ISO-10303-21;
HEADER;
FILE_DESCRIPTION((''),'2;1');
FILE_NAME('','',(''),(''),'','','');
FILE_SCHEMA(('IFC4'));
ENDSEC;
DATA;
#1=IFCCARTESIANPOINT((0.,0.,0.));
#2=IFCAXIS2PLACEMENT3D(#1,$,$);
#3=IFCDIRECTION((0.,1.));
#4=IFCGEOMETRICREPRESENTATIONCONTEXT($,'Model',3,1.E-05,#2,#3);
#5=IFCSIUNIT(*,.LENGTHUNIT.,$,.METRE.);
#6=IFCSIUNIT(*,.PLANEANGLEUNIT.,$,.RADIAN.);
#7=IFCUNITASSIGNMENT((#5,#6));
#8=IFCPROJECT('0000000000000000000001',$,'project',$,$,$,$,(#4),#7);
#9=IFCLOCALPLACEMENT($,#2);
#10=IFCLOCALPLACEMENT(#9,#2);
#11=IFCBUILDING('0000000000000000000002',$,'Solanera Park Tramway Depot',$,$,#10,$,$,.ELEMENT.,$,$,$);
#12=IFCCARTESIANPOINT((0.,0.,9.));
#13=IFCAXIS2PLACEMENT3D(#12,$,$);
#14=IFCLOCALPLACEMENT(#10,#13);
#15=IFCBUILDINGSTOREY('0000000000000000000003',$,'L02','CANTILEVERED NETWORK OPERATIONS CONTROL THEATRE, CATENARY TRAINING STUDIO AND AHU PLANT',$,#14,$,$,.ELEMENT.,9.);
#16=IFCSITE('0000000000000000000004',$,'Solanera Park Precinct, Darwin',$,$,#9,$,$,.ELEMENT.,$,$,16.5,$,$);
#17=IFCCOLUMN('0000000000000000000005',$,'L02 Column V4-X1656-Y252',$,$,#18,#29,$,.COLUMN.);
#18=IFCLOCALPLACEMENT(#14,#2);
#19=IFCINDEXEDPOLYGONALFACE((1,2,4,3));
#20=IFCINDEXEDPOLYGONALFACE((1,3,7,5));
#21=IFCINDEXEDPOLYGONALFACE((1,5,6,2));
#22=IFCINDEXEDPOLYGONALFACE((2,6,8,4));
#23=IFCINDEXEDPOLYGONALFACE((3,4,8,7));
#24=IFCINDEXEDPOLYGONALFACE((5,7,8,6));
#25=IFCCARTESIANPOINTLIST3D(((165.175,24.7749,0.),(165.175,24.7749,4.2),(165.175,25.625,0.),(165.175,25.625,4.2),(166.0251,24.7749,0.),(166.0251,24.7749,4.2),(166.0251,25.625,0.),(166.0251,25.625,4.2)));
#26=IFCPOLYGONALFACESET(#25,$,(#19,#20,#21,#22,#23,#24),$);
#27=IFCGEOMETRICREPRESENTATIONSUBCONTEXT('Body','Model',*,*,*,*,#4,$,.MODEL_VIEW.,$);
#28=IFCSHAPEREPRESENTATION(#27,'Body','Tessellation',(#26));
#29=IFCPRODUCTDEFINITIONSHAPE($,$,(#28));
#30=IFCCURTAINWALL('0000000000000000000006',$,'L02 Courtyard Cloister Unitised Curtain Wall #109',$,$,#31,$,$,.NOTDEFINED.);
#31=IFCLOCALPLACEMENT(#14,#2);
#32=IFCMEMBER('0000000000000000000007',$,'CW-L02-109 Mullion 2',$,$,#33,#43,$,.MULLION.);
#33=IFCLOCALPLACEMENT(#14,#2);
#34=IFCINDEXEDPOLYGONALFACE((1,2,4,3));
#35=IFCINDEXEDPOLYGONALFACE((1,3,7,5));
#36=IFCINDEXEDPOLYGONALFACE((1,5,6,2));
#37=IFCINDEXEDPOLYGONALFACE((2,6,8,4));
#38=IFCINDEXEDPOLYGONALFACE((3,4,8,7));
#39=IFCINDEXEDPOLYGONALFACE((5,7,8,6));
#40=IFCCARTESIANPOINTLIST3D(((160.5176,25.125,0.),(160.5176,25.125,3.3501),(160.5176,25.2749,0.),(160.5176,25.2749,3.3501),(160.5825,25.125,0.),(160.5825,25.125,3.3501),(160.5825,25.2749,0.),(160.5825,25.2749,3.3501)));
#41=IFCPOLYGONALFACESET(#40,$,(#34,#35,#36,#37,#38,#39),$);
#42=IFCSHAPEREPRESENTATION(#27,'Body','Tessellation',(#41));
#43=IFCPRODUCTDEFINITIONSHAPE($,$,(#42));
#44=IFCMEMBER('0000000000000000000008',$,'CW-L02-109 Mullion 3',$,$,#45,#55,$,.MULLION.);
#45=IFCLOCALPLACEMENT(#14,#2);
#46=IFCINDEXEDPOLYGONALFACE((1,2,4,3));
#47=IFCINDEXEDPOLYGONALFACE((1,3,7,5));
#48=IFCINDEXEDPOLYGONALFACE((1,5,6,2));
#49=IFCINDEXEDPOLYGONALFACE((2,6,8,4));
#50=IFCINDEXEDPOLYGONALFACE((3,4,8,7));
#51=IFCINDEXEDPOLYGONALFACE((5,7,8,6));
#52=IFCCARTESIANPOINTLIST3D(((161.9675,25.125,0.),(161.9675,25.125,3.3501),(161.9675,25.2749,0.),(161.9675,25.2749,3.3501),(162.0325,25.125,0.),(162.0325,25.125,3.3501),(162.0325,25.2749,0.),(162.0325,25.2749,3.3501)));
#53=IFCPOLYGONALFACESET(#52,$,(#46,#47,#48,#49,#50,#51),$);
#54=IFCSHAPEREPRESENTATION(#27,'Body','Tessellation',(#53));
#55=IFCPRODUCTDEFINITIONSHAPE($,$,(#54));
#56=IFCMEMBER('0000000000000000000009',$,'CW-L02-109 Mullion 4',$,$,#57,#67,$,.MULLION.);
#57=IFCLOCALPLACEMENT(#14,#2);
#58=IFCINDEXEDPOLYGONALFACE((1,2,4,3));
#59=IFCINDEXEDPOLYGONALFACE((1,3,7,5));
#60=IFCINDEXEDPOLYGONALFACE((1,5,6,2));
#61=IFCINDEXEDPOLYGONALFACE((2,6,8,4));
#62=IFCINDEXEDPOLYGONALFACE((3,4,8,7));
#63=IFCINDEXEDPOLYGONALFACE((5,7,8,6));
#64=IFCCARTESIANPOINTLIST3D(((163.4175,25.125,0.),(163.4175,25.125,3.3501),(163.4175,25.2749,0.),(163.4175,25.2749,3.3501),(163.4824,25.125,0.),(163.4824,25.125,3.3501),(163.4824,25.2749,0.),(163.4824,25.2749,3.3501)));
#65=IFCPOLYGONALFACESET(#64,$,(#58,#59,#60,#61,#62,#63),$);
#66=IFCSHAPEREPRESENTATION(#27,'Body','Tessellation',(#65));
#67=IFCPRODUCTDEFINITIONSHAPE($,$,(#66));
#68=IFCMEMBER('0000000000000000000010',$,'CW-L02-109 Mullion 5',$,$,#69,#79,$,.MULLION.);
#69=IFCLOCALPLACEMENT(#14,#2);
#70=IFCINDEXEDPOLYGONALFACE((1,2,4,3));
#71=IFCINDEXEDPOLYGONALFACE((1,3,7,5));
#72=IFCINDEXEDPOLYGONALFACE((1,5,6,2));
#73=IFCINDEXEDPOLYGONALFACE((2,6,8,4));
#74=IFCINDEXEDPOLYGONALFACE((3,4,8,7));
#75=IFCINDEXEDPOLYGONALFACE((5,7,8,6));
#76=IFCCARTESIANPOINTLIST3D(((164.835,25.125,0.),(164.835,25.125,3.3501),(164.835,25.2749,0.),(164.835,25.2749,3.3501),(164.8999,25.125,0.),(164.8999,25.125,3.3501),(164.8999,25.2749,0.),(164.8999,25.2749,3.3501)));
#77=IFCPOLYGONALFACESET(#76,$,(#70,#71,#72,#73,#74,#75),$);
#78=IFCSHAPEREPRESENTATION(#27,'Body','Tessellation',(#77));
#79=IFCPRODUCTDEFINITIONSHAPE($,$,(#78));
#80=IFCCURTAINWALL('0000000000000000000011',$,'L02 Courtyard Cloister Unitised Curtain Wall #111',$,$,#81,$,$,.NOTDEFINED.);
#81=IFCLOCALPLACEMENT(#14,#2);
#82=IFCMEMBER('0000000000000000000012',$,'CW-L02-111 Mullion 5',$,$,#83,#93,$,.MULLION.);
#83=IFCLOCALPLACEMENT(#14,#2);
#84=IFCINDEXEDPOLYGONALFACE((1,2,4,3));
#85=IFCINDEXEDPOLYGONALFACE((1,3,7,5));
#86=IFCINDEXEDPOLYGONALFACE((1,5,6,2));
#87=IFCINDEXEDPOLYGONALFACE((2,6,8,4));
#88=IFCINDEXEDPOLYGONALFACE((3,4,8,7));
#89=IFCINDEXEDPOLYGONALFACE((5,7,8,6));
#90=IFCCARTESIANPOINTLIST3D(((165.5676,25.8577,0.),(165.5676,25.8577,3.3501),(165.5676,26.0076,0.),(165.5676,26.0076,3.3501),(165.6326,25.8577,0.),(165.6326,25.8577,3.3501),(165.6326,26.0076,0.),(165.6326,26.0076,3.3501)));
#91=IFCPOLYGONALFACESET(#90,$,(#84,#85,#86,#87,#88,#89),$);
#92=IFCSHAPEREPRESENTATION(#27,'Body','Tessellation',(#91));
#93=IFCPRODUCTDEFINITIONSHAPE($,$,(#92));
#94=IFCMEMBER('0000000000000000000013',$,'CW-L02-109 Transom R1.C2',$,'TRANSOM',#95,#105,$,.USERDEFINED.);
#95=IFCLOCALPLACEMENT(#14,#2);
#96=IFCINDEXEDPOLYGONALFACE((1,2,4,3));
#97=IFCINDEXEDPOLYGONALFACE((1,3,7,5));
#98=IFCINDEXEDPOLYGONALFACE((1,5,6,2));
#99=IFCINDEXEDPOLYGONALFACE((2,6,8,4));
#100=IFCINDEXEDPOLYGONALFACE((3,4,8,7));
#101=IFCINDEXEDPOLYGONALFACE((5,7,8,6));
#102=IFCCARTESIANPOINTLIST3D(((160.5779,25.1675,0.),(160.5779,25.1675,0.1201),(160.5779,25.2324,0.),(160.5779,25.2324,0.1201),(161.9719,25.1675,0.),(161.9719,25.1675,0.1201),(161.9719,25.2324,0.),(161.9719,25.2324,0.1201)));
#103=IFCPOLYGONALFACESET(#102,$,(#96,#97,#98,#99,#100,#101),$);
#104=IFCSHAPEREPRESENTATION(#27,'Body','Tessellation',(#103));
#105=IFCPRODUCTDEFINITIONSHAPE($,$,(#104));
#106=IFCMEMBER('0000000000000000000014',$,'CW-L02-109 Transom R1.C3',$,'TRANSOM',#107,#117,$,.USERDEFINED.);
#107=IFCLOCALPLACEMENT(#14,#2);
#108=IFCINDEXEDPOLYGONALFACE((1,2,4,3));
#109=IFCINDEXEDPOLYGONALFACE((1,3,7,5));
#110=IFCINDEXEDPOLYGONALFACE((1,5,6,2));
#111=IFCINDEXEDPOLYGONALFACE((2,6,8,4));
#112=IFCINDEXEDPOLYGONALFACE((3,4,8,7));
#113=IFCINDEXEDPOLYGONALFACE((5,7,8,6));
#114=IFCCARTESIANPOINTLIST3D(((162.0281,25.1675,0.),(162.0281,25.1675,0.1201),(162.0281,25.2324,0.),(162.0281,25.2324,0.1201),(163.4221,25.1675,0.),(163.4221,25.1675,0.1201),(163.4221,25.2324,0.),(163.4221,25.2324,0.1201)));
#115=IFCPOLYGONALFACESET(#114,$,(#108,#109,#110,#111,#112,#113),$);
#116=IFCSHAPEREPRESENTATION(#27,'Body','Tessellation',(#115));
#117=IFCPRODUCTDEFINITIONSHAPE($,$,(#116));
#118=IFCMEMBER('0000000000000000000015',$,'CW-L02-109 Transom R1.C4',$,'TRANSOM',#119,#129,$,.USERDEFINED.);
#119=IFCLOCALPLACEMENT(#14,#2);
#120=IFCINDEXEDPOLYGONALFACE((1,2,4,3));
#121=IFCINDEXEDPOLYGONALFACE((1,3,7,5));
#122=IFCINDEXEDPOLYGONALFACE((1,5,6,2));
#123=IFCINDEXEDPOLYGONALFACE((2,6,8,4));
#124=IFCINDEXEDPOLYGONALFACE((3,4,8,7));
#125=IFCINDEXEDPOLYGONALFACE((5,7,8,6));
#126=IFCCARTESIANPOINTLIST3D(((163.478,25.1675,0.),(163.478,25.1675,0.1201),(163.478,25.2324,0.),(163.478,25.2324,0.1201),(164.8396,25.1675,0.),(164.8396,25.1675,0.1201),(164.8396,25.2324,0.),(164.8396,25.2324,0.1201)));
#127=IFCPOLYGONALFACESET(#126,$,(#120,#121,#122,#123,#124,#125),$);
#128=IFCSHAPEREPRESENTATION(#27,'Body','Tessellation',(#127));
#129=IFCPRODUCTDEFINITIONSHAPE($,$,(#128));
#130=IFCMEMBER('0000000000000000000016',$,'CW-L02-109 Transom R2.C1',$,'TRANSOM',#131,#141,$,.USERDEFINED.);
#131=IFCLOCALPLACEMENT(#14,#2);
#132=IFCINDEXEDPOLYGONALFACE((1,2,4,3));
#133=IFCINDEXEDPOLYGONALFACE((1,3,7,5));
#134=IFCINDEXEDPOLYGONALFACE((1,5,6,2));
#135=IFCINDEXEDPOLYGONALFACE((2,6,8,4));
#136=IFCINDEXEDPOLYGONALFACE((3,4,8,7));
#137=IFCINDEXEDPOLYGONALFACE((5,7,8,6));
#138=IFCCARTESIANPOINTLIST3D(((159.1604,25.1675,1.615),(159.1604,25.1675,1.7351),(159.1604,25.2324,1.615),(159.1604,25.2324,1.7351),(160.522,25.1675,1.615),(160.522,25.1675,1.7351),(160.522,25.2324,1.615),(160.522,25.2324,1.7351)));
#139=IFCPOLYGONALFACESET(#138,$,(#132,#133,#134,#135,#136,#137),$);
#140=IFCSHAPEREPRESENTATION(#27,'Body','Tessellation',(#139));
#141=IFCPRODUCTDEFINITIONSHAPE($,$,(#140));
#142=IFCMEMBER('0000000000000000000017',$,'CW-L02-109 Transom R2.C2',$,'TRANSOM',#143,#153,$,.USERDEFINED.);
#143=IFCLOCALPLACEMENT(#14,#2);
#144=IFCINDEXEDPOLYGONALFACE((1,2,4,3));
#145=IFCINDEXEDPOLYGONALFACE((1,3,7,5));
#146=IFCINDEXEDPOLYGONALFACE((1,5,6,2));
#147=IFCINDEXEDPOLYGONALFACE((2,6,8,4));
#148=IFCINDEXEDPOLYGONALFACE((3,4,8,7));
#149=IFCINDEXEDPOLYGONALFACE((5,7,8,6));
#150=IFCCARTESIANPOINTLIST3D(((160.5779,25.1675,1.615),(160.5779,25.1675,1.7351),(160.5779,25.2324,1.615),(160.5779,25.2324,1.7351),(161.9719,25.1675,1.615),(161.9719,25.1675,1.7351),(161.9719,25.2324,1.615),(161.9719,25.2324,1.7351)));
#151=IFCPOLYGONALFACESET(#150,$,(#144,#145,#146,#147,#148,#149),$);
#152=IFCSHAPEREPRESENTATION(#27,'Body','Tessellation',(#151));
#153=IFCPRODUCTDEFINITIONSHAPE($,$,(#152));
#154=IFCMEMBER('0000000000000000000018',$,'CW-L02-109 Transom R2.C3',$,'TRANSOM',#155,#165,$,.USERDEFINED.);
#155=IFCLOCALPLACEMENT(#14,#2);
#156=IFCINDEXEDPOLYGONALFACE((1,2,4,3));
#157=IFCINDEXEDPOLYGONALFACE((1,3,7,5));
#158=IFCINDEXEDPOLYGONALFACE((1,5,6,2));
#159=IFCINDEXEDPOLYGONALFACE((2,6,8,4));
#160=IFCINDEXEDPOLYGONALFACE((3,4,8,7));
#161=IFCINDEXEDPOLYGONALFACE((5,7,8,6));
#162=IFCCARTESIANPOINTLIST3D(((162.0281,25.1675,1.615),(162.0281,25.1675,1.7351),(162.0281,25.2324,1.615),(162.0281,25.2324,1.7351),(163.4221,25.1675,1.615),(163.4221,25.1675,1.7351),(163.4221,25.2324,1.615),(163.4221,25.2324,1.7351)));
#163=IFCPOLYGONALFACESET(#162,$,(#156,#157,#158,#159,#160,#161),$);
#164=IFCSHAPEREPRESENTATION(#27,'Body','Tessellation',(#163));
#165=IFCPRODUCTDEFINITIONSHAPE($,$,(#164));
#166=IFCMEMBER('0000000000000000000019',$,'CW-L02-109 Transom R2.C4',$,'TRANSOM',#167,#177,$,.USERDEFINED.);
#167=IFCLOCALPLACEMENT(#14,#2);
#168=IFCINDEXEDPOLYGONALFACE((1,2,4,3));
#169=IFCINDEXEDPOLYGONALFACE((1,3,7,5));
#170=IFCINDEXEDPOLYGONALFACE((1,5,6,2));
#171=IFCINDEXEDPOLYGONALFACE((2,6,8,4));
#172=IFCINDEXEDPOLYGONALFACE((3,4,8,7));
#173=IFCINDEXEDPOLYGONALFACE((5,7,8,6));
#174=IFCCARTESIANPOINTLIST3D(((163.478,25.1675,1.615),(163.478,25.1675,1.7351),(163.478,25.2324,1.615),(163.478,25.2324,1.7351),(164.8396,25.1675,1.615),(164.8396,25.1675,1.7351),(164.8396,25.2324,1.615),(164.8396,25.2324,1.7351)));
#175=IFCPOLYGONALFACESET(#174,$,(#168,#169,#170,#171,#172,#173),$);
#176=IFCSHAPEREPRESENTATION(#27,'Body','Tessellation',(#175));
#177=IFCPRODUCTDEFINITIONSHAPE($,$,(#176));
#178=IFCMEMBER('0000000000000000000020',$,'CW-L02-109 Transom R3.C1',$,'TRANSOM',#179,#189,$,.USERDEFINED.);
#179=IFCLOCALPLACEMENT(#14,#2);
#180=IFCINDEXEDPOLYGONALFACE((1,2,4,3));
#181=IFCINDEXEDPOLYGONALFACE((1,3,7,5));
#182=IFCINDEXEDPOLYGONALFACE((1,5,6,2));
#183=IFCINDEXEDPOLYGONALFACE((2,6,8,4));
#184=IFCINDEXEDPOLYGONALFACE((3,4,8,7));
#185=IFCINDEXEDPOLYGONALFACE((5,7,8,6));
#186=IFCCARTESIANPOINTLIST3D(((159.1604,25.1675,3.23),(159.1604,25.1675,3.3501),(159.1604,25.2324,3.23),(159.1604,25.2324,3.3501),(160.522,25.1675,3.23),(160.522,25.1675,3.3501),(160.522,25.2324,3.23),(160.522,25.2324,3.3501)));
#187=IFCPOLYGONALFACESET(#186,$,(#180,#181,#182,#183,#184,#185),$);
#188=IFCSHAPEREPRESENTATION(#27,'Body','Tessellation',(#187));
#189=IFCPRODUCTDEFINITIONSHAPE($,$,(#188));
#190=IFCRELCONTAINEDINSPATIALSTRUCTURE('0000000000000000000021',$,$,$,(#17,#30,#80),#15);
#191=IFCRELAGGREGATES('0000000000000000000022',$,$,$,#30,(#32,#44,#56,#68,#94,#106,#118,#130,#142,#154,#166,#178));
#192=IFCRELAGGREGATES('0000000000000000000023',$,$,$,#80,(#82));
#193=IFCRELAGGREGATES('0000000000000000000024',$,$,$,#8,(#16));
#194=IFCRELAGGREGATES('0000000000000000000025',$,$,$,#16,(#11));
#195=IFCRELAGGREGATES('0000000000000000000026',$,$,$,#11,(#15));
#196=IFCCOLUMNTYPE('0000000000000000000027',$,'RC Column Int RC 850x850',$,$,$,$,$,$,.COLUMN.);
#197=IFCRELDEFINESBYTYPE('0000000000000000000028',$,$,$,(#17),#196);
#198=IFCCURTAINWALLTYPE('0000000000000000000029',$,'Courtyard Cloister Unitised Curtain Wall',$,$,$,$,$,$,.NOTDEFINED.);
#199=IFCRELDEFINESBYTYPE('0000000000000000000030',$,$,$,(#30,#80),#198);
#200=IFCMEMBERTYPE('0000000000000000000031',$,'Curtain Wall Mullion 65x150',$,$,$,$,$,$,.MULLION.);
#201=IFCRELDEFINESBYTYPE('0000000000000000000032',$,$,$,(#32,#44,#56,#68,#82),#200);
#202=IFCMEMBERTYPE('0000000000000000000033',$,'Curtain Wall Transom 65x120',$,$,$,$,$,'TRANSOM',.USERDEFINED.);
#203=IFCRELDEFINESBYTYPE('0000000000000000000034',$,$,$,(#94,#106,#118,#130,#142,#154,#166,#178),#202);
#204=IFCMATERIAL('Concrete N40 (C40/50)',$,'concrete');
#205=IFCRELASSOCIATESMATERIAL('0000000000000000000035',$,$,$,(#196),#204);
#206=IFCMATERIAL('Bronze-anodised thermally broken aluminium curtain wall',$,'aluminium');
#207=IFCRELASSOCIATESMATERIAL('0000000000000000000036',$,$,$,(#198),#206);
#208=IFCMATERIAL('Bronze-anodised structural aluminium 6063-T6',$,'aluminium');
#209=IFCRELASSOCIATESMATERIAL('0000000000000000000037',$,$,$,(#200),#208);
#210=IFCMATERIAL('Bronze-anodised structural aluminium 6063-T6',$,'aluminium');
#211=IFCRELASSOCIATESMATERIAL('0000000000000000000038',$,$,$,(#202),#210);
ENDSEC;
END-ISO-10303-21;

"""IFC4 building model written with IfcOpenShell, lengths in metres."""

from ifc_helpers import new_model, si_unit, direction, frame, origin, origin_2d, place, context, subcontext, project, spatial, rectangle, extrude, material, material_profile, profile_set, type_object, element, aggregate, save


model = new_model("IFC4")

# Units and contexts
model_context = context("Model", 3, precision=1e-05, world=origin(), true_north=direction((0.0, 1.0)))
body_context = subcontext(model_context, "Body", "Model", "MODEL_VIEW")
ifc_project = project(units=[si_unit("LENGTHUNIT", "METRE"), si_unit("PLANEANGLEUNIT", "RADIAN")], contexts=[model_context])

# Site, building, storey
site_placement = place(None, origin())
site = spatial("IfcSite", under=ifc_project, at=site_placement, Name="Solanera Park Precinct, Darwin", CompositionType="ELEMENT", RefElevation=16.5)
building_placement = place(site_placement, origin())
building = spatial("IfcBuilding", under=site, at=building_placement, Name="Solanera Park Tramway Depot", CompositionType="ELEMENT")
storey_placement = place(building_placement, frame((0.0, 0.0, 9.0)))
storey = spatial("IfcBuildingStorey", under=building, at=storey_placement, Name="L02", Description="CANTILEVERED NETWORK OPERATIONS CONTROL THEATRE, CATENARY TRAINING STUDIO AND AHU PLANT", CompositionType="ELEMENT", Elevation=9.0)

# Column
ifc_material_1 = material(Name="Concrete N40 (C40/50)", Category="concrete")
ifc_material_profile_1 = material_profile(ifc_material_1, rectangle(XDim=0.8501, YDim=0.8501, at=origin_2d()), Name="RC 850x850")
ifc_profile_set_1 = profile_set([ifc_material_profile_1], Name="Concrete N40 (C40/50)")
column_type = type_object("IfcColumnType", Name="RC Column Int RC 850x850", PredefinedType="COLUMN", material=ifc_profile_set_1)
column_placement = place(storey_placement, frame((165.6001, 25.2, 0.0), z_axis=(0.0, 0.0, 1.0), x_axis=(1.0, 0.0, 0.0)))
element("IfcColumn", 1, at=column_placement, inside=storey, type_object=column_type, Name="L02 Column V4-X1656-Y252", PredefinedType="COLUMN", context=body_context, shape_type="SweptSolid", body=[
    extrude(rectangle(XDim=0.8501, YDim=0.8501, at=origin_2d()), origin(), (0.0, 0.0, 1.0), 4.2),
])

# Curtain wall, members
ifc_material_2 = material(Name="Bronze-anodised thermally broken aluminium curtain wall", Category="aluminium")
curtain_wall_type = type_object("IfcCurtainWallType", Name="Courtyard Cloister Unitised Curtain Wall", PredefinedType="NOTDEFINED", material=ifc_material_2)
curtain_wall_1_placement = place(storey_placement, origin())
curtain_wall_1 = element("IfcCurtainWall", 2, at=curtain_wall_1_placement, inside=storey, type_object=curtain_wall_type, Name="L02 Courtyard Cloister Unitised Curtain Wall #109", PredefinedType="NOTDEFINED")
ifc_material_3 = material(Name="Bronze-anodised structural aluminium 6063-T6", Category="aluminium")
ifc_material_profile_2 = material_profile(ifc_material_3, rectangle(XDim=0.0649, YDim=0.1499, at=origin_2d()), Name="Curtain Wall Mullion 65x150")
ifc_profile_set_2 = profile_set([ifc_material_profile_2], Name="Bronze-anodised structural aluminium 6063-T6")
member_type_1 = type_object("IfcMemberType", Name="Curtain Wall Mullion 65x150", PredefinedType="MULLION", material=ifc_profile_set_2)
member_1_placement = place(storey_placement, frame((160.55, 25.2, 0.0), z_axis=(0.0, 0.0, 1.0), x_axis=(1.0, 0.0, 0.0)))
member_1 = element("IfcMember", 3, at=member_1_placement, type_object=member_type_1, Name="CW-L02-109 Mullion 2", PredefinedType="MULLION", context=body_context, shape_type="SweptSolid", body=[
    extrude(rectangle(XDim=0.0649, YDim=0.1499, at=origin_2d()), origin(), (0.0, 0.0, 1.0), 3.3501),
])
member_2_placement = place(storey_placement, frame((162.0, 25.2, 0.0), z_axis=(0.0, 0.0, 1.0), x_axis=(1.0, 0.0, 0.0)))
member_2 = element("IfcMember", 4, at=member_2_placement, type_object=member_type_1, Name="CW-L02-109 Mullion 3", PredefinedType="MULLION", context=body_context, shape_type="SweptSolid", body=[
    extrude(rectangle(XDim=0.0649, YDim=0.1499, at=origin_2d()), origin(), (0.0, 0.0, 1.0), 3.3501),
])
member_3_placement = place(storey_placement, frame((163.45, 25.2, 0.0), z_axis=(0.0, 0.0, 1.0), x_axis=(1.0, 0.0, 0.0)))
member_3 = element("IfcMember", 5, at=member_3_placement, type_object=member_type_1, Name="CW-L02-109 Mullion 4", PredefinedType="MULLION", context=body_context, shape_type="SweptSolid", body=[
    extrude(rectangle(XDim=0.0649, YDim=0.1499, at=origin_2d()), origin(), (0.0, 0.0, 1.0), 3.3501),
])
member_4_placement = place(storey_placement, frame((164.8674, 25.2, 0.0), z_axis=(0.0, 0.0, 1.0), x_axis=(1.0, 0.0, 0.0)))
member_4 = element("IfcMember", 6, at=member_4_placement, type_object=member_type_1, Name="CW-L02-109 Mullion 5", PredefinedType="MULLION", context=body_context, shape_type="SweptSolid", body=[
    extrude(rectangle(XDim=0.0649, YDim=0.1499, at=origin_2d()), origin(), (0.0, 0.0, 1.0), 3.3501),
])

# Curtain wall, member
curtain_wall_2_placement = place(storey_placement, origin())
curtain_wall_2 = element("IfcCurtainWall", 7, at=curtain_wall_2_placement, inside=storey, type_object=curtain_wall_type, Name="L02 Courtyard Cloister Unitised Curtain Wall #111", PredefinedType="NOTDEFINED")
member_5_placement = place(storey_placement, frame((165.6001, 25.9326, 0.0), z_axis=(0.0, 0.0, 1.0), x_axis=(1.0, 0.0, 0.0)))
member_5 = element("IfcMember", 8, at=member_5_placement, type_object=member_type_1, Name="CW-L02-111 Mullion 5", PredefinedType="MULLION", context=body_context, shape_type="SweptSolid", body=[
    extrude(rectangle(XDim=0.0649, YDim=0.1499, at=origin_2d()), origin(), (0.0, 0.0, 1.0), 3.3501),
])

# Members
ifc_material_4 = material(Name="Bronze-anodised structural aluminium 6063-T6", Category="aluminium")
ifc_material_profile_3 = material_profile(ifc_material_4, rectangle(XDim=0.0649, YDim=0.1201, at=origin_2d()), Name="Curtain Wall Transom 65x120")
ifc_profile_set_3 = profile_set([ifc_material_profile_3], Name="Bronze-anodised structural aluminium 6063-T6")
member_type_2 = type_object("IfcMemberType", Name="Curtain Wall Transom 65x120", ElementType="TRANSOM", PredefinedType="USERDEFINED", material=ifc_profile_set_3)
member_6_placement = place(storey_placement, frame((160.5779, 25.2, 0.0601), z_axis=(1.0, 0.0, 0.0), x_axis=(0.0, 1.0, 0.0)))
member_6 = element("IfcMember", 9, at=member_6_placement, type_object=member_type_2, Name="CW-L02-109 Transom R1.C2", ObjectType="TRANSOM", PredefinedType="USERDEFINED", context=body_context, shape_type="SweptSolid", body=[
    extrude(rectangle(XDim=0.0649, YDim=0.1201, at=origin_2d()), origin(), (0.0, 0.0, 1.0), 1.394),
])
member_7_placement = place(storey_placement, frame((162.0281, 25.2, 0.0601), z_axis=(1.0, 0.0, 0.0), x_axis=(0.0, 1.0, 0.0)))
member_7 = element("IfcMember", 10, at=member_7_placement, type_object=member_type_2, Name="CW-L02-109 Transom R1.C3", ObjectType="TRANSOM", PredefinedType="USERDEFINED", context=body_context, shape_type="SweptSolid", body=[
    extrude(rectangle(XDim=0.0649, YDim=0.1201, at=origin_2d()), origin(), (0.0, 0.0, 1.0), 1.394),
])
member_8_placement = place(storey_placement, frame((163.478, 25.2, 0.0601), z_axis=(1.0, 0.0, 0.0), x_axis=(0.0, 1.0, 0.0)))
member_8 = element("IfcMember", 11, at=member_8_placement, type_object=member_type_2, Name="CW-L02-109 Transom R1.C4", ObjectType="TRANSOM", PredefinedType="USERDEFINED", context=body_context, shape_type="SweptSolid", body=[
    extrude(rectangle(XDim=0.0649, YDim=0.1201, at=origin_2d()), origin(), (0.0, 0.0, 1.0), 1.3616),
])
member_9_placement = place(storey_placement, frame((159.1604, 25.2, 1.675), z_axis=(1.0, 0.0, 0.0), x_axis=(0.0, 1.0, 0.0)))
member_9 = element("IfcMember", 12, at=member_9_placement, type_object=member_type_2, Name="CW-L02-109 Transom R2.C1", ObjectType="TRANSOM", PredefinedType="USERDEFINED", context=body_context, shape_type="SweptSolid", body=[
    extrude(rectangle(XDim=0.0649, YDim=0.1201, at=origin_2d()), origin(), (0.0, 0.0, 1.0), 1.3616),
])
member_10_placement = place(storey_placement, frame((160.5779, 25.2, 1.675), z_axis=(1.0, 0.0, 0.0), x_axis=(0.0, 1.0, 0.0)))
member_10 = element("IfcMember", 13, at=member_10_placement, type_object=member_type_2, Name="CW-L02-109 Transom R2.C2", ObjectType="TRANSOM", PredefinedType="USERDEFINED", context=body_context, shape_type="SweptSolid", body=[
    extrude(rectangle(XDim=0.0649, YDim=0.1201, at=origin_2d()), origin(), (0.0, 0.0, 1.0), 1.394),
])
member_11_placement = place(storey_placement, frame((162.0281, 25.2, 1.675), z_axis=(1.0, 0.0, 0.0), x_axis=(0.0, 1.0, 0.0)))
member_11 = element("IfcMember", 14, at=member_11_placement, type_object=member_type_2, Name="CW-L02-109 Transom R2.C3", ObjectType="TRANSOM", PredefinedType="USERDEFINED", context=body_context, shape_type="SweptSolid", body=[
    extrude(rectangle(XDim=0.0649, YDim=0.1201, at=origin_2d()), origin(), (0.0, 0.0, 1.0), 1.394),
])
member_12_placement = place(storey_placement, frame((163.478, 25.2, 1.675), z_axis=(1.0, 0.0, 0.0), x_axis=(0.0, 1.0, 0.0)))
member_12 = element("IfcMember", 15, at=member_12_placement, type_object=member_type_2, Name="CW-L02-109 Transom R2.C4", ObjectType="TRANSOM", PredefinedType="USERDEFINED", context=body_context, shape_type="SweptSolid", body=[
    extrude(rectangle(XDim=0.0649, YDim=0.1201, at=origin_2d()), origin(), (0.0, 0.0, 1.0), 1.3616),
])
member_13_placement = place(storey_placement, frame((159.1604, 25.2, 3.29), z_axis=(1.0, 0.0, 0.0), x_axis=(0.0, 1.0, 0.0)))
member_13 = element("IfcMember", 16, at=member_13_placement, type_object=member_type_2, Name="CW-L02-109 Transom R3.C1", ObjectType="TRANSOM", PredefinedType="USERDEFINED", context=body_context, shape_type="SweptSolid", body=[
    extrude(rectangle(XDim=0.0649, YDim=0.1201, at=origin_2d()), origin(), (0.0, 0.0, 1.0), 1.3616),
])

aggregate(curtain_wall_1, [member_1, member_2, member_3, member_4, member_6, member_7, member_8, member_9, member_10, member_11, member_12, member_13])
aggregate(curtain_wall_2, [member_5])

save(model, "model.ifc")
